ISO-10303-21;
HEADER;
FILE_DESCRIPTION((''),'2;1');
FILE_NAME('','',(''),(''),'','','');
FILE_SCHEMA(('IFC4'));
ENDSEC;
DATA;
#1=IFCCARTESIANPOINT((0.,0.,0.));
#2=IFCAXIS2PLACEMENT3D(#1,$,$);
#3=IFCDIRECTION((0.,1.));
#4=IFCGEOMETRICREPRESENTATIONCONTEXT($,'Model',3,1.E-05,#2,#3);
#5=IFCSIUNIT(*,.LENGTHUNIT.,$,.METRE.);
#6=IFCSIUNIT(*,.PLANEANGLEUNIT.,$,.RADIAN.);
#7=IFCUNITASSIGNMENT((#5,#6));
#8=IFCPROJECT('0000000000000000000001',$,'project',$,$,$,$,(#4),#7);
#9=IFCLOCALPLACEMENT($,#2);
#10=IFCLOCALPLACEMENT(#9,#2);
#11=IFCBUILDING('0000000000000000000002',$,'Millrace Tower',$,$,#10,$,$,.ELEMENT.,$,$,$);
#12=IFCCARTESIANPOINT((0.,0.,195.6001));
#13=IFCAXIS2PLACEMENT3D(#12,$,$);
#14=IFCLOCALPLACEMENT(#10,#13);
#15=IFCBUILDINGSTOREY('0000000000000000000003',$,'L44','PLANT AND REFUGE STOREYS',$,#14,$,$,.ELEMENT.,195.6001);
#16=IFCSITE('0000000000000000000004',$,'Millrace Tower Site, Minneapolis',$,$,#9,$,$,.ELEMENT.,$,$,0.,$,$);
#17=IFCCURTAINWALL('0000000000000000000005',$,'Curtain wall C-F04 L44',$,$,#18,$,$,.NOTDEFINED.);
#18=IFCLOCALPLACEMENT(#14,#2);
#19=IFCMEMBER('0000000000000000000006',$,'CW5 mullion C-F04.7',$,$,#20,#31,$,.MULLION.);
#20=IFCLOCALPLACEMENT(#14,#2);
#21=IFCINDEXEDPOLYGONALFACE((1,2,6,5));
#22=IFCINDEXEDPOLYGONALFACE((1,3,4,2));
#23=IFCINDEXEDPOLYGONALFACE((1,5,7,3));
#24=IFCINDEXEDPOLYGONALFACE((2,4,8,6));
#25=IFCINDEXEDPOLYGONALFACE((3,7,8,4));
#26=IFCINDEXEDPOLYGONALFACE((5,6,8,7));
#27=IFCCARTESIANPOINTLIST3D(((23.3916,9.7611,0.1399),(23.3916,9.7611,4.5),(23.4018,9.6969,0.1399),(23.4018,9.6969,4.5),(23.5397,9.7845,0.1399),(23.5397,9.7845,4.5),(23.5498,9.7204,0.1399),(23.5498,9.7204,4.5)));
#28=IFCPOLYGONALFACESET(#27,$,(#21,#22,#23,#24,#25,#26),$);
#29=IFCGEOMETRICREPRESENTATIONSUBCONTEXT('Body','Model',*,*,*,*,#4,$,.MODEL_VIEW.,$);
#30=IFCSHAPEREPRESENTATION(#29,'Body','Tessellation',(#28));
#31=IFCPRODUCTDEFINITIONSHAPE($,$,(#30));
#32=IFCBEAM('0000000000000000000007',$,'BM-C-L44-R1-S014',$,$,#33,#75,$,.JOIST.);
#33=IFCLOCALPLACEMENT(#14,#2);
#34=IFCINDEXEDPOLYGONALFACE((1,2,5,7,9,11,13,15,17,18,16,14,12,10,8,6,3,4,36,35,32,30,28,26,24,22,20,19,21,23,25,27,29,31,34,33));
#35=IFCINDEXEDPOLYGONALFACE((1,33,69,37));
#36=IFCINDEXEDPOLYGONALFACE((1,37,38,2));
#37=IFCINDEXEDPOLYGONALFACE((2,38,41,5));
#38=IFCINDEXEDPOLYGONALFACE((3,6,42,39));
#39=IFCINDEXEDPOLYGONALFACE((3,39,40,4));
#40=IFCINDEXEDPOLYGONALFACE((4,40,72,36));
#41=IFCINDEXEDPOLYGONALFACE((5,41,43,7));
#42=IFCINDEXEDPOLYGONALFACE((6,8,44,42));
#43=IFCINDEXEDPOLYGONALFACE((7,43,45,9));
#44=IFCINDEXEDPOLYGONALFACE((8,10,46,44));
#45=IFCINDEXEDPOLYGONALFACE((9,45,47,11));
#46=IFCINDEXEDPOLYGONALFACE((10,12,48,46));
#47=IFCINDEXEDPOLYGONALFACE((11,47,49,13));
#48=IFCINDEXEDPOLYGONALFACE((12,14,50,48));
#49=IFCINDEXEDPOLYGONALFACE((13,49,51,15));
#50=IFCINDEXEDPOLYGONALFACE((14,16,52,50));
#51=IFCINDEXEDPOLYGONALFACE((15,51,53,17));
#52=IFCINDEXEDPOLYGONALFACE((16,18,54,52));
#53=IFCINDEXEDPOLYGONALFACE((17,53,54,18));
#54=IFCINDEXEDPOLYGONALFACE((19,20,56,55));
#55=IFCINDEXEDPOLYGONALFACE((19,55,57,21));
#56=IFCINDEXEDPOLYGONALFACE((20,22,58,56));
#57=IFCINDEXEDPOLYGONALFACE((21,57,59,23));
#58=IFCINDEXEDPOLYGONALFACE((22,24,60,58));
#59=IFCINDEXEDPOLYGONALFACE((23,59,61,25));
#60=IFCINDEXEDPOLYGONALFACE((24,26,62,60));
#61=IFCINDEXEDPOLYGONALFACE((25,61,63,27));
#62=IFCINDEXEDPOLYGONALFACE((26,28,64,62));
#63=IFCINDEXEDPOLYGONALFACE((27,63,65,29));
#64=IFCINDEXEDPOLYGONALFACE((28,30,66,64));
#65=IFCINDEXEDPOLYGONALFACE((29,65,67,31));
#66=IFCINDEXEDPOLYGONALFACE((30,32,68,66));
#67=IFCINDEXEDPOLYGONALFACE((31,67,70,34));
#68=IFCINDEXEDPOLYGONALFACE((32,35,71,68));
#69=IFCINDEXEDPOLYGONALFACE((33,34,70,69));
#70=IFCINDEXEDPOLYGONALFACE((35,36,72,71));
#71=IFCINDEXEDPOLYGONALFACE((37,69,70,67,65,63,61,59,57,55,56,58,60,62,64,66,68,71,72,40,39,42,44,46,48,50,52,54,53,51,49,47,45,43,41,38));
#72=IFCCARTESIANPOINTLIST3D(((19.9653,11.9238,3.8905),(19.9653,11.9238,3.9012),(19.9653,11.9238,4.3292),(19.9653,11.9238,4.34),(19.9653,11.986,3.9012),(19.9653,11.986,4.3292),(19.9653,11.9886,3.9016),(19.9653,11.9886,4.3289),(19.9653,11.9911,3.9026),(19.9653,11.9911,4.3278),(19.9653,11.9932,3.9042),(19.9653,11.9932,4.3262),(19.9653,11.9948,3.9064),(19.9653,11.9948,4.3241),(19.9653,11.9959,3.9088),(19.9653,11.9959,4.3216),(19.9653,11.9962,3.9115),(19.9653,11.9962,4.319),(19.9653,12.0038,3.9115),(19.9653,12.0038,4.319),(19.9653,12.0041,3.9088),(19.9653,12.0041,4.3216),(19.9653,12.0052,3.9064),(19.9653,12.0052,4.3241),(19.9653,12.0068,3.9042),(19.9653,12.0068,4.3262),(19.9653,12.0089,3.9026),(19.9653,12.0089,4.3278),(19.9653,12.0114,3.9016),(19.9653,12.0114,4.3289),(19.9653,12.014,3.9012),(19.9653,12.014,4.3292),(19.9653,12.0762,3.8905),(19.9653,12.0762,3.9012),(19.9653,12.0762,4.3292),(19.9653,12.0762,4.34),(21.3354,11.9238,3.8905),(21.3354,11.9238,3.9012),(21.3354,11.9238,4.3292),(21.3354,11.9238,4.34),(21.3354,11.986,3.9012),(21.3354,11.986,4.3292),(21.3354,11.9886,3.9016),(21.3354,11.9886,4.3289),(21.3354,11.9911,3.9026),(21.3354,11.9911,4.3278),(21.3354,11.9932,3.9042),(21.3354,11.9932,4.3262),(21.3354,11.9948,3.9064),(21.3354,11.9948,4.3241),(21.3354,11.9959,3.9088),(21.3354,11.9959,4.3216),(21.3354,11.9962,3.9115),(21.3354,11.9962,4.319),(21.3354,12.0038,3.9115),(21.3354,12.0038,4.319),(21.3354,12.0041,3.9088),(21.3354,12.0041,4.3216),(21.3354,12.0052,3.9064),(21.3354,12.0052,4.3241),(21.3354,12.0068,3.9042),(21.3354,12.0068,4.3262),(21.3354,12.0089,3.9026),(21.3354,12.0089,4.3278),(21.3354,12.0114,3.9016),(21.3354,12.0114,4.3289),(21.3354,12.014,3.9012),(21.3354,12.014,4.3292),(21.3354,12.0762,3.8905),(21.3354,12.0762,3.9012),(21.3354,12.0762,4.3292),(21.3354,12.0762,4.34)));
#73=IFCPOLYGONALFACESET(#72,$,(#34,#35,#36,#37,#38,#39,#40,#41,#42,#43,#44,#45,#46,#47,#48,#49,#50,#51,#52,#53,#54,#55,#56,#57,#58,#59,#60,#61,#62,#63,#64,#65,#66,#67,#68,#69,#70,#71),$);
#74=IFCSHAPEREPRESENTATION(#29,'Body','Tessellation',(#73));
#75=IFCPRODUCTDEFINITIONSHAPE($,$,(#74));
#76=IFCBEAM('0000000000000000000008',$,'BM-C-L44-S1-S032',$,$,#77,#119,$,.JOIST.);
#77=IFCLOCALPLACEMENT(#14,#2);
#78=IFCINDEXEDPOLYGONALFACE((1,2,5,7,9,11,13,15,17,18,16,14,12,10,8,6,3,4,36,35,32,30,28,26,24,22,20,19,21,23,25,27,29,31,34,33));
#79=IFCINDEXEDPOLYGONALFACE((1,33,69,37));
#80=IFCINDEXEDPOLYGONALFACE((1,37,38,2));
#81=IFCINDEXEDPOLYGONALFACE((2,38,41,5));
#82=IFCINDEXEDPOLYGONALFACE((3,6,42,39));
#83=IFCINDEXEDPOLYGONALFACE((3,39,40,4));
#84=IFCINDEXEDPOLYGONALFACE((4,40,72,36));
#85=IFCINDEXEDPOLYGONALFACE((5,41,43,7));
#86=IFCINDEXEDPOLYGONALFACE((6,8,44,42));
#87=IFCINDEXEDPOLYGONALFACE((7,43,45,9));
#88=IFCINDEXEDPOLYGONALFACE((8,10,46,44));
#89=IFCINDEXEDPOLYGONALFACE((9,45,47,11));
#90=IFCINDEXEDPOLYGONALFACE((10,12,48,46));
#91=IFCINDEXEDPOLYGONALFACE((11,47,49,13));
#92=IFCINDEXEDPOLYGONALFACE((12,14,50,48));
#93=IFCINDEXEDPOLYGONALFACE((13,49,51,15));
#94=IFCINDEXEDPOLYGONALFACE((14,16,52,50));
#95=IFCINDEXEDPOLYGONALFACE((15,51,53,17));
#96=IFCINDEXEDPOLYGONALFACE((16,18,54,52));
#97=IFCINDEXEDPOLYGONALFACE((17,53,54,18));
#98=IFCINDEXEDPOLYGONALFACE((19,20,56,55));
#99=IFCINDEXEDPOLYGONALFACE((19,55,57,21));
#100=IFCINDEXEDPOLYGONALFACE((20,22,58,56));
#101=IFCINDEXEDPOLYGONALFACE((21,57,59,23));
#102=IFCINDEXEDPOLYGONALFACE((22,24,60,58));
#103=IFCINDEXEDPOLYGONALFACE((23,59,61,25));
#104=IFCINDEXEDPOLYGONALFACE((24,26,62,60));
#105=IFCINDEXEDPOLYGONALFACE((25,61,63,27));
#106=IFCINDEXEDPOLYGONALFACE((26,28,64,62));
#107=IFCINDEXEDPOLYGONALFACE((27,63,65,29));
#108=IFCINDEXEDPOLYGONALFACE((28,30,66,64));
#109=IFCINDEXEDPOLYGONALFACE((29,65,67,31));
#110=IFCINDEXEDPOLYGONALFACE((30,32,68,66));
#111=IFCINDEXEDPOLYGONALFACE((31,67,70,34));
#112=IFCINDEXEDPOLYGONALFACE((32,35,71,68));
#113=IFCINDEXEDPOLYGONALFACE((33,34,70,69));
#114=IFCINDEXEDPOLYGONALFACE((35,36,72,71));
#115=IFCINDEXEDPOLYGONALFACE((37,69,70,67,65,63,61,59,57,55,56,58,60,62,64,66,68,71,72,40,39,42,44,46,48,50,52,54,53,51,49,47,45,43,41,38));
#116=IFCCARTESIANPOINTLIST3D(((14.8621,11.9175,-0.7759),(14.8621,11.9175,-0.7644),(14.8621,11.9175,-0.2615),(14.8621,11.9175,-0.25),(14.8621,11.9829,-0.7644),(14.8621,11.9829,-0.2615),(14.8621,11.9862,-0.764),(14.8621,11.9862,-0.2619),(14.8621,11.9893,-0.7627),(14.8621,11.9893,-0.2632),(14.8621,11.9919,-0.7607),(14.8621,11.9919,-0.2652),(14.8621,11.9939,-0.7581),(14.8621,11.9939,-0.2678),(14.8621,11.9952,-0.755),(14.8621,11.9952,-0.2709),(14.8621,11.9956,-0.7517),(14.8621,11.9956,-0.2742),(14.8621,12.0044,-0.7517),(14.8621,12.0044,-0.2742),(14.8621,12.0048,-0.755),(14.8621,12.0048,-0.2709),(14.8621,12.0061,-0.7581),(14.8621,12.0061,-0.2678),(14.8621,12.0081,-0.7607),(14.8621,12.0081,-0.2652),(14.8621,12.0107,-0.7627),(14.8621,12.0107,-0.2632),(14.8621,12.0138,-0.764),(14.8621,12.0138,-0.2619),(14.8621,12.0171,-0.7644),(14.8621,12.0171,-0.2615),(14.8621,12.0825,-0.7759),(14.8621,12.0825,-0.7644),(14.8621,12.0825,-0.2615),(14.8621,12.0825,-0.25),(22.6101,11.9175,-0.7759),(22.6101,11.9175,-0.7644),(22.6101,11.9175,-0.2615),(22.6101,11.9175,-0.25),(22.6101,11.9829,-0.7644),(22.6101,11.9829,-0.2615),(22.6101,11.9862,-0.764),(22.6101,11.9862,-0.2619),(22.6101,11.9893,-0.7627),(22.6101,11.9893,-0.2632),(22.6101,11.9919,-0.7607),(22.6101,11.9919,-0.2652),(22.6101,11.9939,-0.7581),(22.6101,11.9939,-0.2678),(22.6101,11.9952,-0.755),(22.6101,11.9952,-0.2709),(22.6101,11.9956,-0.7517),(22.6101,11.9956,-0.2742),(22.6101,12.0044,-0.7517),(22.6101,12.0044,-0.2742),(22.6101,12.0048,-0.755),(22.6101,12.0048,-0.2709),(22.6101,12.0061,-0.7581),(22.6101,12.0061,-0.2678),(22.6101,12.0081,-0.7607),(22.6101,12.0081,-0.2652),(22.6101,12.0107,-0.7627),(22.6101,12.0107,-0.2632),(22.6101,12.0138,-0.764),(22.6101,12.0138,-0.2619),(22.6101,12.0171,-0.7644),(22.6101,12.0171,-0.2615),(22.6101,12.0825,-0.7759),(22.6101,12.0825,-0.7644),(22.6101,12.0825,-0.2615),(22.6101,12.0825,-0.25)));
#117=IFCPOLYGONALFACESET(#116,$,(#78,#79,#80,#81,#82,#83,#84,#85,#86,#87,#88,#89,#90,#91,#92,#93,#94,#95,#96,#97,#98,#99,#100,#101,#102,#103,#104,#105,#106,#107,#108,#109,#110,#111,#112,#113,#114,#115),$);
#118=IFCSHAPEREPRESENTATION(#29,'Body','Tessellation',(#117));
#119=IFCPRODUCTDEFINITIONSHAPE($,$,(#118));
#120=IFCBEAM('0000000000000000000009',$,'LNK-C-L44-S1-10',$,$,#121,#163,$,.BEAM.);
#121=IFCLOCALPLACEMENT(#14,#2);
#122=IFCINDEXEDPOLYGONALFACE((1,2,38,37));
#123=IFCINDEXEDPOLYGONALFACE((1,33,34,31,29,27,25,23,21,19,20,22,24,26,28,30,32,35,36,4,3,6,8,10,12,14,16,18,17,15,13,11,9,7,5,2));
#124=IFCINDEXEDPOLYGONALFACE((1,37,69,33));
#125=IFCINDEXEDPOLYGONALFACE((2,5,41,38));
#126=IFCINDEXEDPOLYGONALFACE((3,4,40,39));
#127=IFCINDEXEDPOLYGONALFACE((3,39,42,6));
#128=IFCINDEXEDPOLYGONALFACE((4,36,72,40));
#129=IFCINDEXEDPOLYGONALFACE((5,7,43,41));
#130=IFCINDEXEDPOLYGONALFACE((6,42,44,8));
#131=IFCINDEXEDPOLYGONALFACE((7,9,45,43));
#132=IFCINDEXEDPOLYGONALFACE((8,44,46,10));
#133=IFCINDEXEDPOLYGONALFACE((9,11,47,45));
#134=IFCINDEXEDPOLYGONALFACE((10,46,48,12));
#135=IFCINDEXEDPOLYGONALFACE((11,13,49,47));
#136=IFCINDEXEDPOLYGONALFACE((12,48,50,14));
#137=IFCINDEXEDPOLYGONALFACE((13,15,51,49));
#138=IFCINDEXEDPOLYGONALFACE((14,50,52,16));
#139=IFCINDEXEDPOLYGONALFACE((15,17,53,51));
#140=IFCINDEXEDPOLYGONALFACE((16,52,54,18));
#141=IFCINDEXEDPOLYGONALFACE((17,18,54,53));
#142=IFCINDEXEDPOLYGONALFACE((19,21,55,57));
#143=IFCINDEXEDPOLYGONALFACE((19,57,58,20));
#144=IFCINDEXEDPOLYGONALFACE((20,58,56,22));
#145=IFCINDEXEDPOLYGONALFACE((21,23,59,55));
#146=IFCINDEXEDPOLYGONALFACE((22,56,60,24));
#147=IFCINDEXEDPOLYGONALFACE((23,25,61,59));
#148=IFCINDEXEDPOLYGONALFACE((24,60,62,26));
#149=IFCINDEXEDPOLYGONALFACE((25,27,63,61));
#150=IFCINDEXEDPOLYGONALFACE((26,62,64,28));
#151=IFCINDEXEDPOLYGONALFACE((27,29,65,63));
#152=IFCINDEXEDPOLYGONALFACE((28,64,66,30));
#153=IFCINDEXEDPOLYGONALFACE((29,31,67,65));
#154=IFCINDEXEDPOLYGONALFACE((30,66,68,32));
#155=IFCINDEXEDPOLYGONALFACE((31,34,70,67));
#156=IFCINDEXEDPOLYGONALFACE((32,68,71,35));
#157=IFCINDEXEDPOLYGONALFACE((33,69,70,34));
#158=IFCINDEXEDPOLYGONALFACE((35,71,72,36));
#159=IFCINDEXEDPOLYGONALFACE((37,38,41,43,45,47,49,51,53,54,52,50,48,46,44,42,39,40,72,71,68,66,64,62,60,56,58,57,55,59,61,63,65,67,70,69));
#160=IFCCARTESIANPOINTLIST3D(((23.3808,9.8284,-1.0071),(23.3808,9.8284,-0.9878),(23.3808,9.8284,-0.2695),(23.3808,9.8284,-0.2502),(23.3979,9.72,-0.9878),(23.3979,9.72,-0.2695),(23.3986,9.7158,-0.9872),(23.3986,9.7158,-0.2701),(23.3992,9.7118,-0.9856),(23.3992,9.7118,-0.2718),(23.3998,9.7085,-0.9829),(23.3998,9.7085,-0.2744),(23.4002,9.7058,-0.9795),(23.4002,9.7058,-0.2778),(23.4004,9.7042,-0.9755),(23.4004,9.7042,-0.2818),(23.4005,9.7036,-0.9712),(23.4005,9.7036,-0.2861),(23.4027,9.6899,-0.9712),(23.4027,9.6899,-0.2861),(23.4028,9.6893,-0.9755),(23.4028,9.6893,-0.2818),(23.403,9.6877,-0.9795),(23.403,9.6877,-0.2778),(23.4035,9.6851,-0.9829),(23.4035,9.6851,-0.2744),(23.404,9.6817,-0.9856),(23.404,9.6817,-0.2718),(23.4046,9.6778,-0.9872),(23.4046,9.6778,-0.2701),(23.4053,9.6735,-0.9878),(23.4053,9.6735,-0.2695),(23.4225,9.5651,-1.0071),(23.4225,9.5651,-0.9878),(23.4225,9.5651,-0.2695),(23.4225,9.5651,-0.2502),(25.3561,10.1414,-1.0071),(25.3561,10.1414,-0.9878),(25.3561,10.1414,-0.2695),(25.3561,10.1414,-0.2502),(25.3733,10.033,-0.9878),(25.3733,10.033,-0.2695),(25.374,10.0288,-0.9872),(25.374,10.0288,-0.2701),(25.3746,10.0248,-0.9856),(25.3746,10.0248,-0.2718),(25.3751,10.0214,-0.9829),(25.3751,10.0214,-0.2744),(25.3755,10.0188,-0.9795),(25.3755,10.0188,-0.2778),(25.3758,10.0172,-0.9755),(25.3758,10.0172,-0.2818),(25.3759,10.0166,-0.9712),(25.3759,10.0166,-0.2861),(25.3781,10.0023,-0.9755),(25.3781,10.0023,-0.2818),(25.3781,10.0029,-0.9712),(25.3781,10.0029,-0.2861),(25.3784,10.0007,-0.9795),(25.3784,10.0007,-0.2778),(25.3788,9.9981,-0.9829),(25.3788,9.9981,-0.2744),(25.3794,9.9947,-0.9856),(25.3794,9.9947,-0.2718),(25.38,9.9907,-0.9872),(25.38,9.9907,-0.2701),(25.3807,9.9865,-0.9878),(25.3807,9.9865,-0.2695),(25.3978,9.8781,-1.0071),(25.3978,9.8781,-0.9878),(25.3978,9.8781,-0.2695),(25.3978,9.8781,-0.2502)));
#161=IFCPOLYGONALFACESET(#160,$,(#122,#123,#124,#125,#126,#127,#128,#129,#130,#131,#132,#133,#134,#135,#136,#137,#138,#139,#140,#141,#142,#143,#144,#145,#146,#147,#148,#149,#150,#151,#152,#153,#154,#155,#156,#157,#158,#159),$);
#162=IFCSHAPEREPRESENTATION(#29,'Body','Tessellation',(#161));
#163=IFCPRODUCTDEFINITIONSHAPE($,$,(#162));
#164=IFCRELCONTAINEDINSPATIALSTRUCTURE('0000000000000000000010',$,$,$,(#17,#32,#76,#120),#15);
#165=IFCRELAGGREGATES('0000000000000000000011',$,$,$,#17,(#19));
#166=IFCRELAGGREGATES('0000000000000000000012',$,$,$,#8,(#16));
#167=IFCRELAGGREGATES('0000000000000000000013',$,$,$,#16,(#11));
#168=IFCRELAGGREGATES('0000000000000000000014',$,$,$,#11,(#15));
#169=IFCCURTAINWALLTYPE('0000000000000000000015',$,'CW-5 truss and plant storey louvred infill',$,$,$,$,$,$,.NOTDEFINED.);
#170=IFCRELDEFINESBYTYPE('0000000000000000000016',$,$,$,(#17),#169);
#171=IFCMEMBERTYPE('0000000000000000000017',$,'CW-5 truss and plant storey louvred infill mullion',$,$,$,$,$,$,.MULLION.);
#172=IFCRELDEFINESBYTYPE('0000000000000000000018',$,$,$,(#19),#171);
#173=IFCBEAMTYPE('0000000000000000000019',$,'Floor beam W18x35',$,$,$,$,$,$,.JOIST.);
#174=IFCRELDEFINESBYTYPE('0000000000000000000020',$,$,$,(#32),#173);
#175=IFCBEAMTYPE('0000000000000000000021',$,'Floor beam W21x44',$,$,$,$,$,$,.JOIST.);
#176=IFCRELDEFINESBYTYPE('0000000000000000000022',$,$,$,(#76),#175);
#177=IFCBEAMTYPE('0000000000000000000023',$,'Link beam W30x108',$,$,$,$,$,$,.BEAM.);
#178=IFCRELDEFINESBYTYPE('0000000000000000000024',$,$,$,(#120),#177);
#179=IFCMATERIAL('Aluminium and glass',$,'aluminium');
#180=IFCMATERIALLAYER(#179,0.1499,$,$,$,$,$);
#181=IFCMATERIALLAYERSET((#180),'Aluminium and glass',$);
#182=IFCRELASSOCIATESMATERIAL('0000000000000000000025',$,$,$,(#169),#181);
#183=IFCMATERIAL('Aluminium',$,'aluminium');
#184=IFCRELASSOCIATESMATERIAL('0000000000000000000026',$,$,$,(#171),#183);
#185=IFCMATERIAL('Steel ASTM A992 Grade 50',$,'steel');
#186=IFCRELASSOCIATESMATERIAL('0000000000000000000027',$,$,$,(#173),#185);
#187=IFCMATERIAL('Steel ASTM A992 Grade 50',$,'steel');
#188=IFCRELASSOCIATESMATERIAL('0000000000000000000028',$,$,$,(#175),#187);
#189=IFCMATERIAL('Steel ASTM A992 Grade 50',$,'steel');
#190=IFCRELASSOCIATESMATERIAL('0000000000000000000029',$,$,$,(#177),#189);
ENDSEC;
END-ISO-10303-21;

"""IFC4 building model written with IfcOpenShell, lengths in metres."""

from ifc_helpers import new_model, si_unit, direction, frame, origin, origin_2d, place, context, subcontext, project, spatial, rectangle, i_section, extrude, material, layer, layer_set, material_profile, profile_set, type_object, element, aggregate, save


model = new_model("IFC4")

# Units and contexts
model_context = context("Model", 3, precision=1e-05, world=origin(), true_north=direction((0.0, 1.0)))
body_context = subcontext(model_context, "Body", "Model", "MODEL_VIEW")
ifc_project = project(units=[si_unit("LENGTHUNIT", "METRE"), si_unit("PLANEANGLEUNIT", "RADIAN")], contexts=[model_context])

# Site, building, storey
site_placement = place(None, origin())
site = spatial("IfcSite", under=ifc_project, at=site_placement, Name="Millrace Tower Site, Minneapolis", CompositionType="ELEMENT", RefElevation=0.0)
building_placement = place(site_placement, origin())
building = spatial("IfcBuilding", under=site, at=building_placement, Name="Millrace Tower", CompositionType="ELEMENT")
storey_placement = place(building_placement, frame((0.0, 0.0, 195.6001)))
storey = spatial("IfcBuildingStorey", under=building, at=storey_placement, Name="L44", Description="PLANT AND REFUGE STOREYS", CompositionType="ELEMENT", Elevation=195.6001)

# Curtain wall, member
ifc_material_1 = material(Name="Aluminium and glass", Category="aluminium")
ifc_layer_1 = layer(ifc_material_1, 0.1499)
ifc_layer_set_1 = layer_set([ifc_layer_1], Name="Aluminium and glass")
curtain_wall_type = type_object("IfcCurtainWallType", Name="CW-5 truss and plant storey louvred infill", PredefinedType="NOTDEFINED", material=ifc_layer_set_1)
curtain_wall_placement = place(storey_placement, origin())
curtain_wall = element("IfcCurtainWall", 1, at=curtain_wall_placement, inside=storey, type_object=curtain_wall_type, Name="Curtain wall C-F04 L44", PredefinedType="NOTDEFINED")
ifc_material_2 = material(Name="Aluminium", Category="aluminium")
ifc_material_profile_1 = material_profile(ifc_material_2, rectangle(XDim=0.0649, YDim=0.1499, at=origin_2d()))
ifc_profile_set_1 = profile_set([ifc_material_profile_1], Name="Aluminium")
member_type_1 = type_object("IfcMemberType", Name="CW-5 truss and plant storey louvred infill mullion", PredefinedType="MULLION", material=ifc_profile_set_1)
member_1_placement = place(storey_placement, frame((23.4707, 9.7407, 0.1399), z_axis=(0.0, 0.0, 1.0), x_axis=(-0.156434, 0.987688, 0.0)))
member_1 = element("IfcMember", 2, at=member_1_placement, type_object=member_type_1, Name="CW5 mullion C-F04.7", PredefinedType="MULLION", context=body_context, shape_type="SweptSolid", body=[
    extrude(rectangle(XDim=0.0649, YDim=0.1499, at=origin_2d()), origin(), (0.0, 0.0, 1.0), 4.3601),
])
aggregate(curtain_wall, [member_1])

# Beams
ifc_material_3 = material(Name="Steel ASTM A992 Grade 50", Category="steel")
ifc_material_profile_2 = material_profile(ifc_material_3, i_section(OverallWidth=0.1523, OverallDepth=0.4495, WebThickness=0.0076, FlangeThickness=0.0107, FilletRadius=0.0103, at=origin_2d()))
ifc_profile_set_2 = profile_set([ifc_material_profile_2], Name="Steel ASTM A992 Grade 50")
beam_type_1 = type_object("IfcBeamType", Name="Floor beam W18x35", PredefinedType="JOIST", material=ifc_profile_set_2)
beam_1_placement = place(storey_placement, frame((19.9653, 12.0, 4.1152), z_axis=(1.0, 0.0, 0.0), x_axis=(0.0, 1.0, 0.0)))
element("IfcBeam", 3, at=beam_1_placement, inside=storey, type_object=beam_type_1, Name="BM-C-L44-R1-S014", PredefinedType="JOIST", context=body_context, shape_type="SweptSolid", body=[
    extrude(i_section(OverallWidth=0.1523, OverallDepth=0.4495, WebThickness=0.0076, FlangeThickness=0.0107, FilletRadius=0.0103, at=origin_2d()), origin(), (0.0, 0.0, 1.0), 1.3701),
])
ifc_material_4 = material(Name="Steel ASTM A992 Grade 50", Category="steel")
ifc_material_profile_3 = material_profile(ifc_material_4, i_section(OverallWidth=0.165, OverallDepth=0.5259, WebThickness=0.0088, FlangeThickness=0.0115, FilletRadius=0.0127, at=origin_2d()))
ifc_profile_set_3 = profile_set([ifc_material_profile_3], Name="Steel ASTM A992 Grade 50")
beam_type_2 = type_object("IfcBeamType", Name="Floor beam W21x44", PredefinedType="JOIST", material=ifc_profile_set_3)
beam_2_placement = place(storey_placement, frame((14.8621, 12.0, -0.5129), z_axis=(1.0, 0.0, 0.0), x_axis=(0.0, 1.0, 0.0)))
element("IfcBeam", 4, at=beam_2_placement, inside=storey, type_object=beam_type_2, Name="BM-C-L44-S1-S032", PredefinedType="JOIST", context=body_context, shape_type="SweptSolid", body=[
    extrude(i_section(OverallWidth=0.165, OverallDepth=0.5259, WebThickness=0.0088, FlangeThickness=0.0115, FilletRadius=0.0127, at=origin_2d()), origin(), (0.0, 0.0, 1.0), 7.748),
])
ifc_material_5 = material(Name="Steel ASTM A992 Grade 50", Category="steel")
ifc_material_profile_4 = material_profile(ifc_material_5, i_section(OverallWidth=0.2666, OverallDepth=0.7568, WebThickness=0.0139, FlangeThickness=0.0193, FilletRadius=0.0166, at=origin_2d()))
ifc_profile_set_4 = profile_set([ifc_material_profile_4], Name="Steel ASTM A992 Grade 50")
beam_type_3 = type_object("IfcBeamType", Name="Link beam W30x108", PredefinedType="BEAM", material=ifc_profile_set_4)
beam_3_placement = place(storey_placement, frame((23.4016, 9.6968, -0.6287), z_axis=(0.987679, 0.156495, 0.0), x_axis=(-0.156495, 0.987679, 0.0)))
element("IfcBeam", 5, at=beam_3_placement, inside=storey, type_object=beam_type_3, Name="LNK-C-L44-S1-10", PredefinedType="BEAM", context=body_context, shape_type="SweptSolid", body=[
    extrude(i_section(OverallWidth=0.2666, OverallDepth=0.7568, WebThickness=0.0139, FlangeThickness=0.0193, FilletRadius=0.0166, at=origin_2d()), origin(), (0.0, 0.0, 1.0), 2.0),
])

save(model, "model.ifc")
